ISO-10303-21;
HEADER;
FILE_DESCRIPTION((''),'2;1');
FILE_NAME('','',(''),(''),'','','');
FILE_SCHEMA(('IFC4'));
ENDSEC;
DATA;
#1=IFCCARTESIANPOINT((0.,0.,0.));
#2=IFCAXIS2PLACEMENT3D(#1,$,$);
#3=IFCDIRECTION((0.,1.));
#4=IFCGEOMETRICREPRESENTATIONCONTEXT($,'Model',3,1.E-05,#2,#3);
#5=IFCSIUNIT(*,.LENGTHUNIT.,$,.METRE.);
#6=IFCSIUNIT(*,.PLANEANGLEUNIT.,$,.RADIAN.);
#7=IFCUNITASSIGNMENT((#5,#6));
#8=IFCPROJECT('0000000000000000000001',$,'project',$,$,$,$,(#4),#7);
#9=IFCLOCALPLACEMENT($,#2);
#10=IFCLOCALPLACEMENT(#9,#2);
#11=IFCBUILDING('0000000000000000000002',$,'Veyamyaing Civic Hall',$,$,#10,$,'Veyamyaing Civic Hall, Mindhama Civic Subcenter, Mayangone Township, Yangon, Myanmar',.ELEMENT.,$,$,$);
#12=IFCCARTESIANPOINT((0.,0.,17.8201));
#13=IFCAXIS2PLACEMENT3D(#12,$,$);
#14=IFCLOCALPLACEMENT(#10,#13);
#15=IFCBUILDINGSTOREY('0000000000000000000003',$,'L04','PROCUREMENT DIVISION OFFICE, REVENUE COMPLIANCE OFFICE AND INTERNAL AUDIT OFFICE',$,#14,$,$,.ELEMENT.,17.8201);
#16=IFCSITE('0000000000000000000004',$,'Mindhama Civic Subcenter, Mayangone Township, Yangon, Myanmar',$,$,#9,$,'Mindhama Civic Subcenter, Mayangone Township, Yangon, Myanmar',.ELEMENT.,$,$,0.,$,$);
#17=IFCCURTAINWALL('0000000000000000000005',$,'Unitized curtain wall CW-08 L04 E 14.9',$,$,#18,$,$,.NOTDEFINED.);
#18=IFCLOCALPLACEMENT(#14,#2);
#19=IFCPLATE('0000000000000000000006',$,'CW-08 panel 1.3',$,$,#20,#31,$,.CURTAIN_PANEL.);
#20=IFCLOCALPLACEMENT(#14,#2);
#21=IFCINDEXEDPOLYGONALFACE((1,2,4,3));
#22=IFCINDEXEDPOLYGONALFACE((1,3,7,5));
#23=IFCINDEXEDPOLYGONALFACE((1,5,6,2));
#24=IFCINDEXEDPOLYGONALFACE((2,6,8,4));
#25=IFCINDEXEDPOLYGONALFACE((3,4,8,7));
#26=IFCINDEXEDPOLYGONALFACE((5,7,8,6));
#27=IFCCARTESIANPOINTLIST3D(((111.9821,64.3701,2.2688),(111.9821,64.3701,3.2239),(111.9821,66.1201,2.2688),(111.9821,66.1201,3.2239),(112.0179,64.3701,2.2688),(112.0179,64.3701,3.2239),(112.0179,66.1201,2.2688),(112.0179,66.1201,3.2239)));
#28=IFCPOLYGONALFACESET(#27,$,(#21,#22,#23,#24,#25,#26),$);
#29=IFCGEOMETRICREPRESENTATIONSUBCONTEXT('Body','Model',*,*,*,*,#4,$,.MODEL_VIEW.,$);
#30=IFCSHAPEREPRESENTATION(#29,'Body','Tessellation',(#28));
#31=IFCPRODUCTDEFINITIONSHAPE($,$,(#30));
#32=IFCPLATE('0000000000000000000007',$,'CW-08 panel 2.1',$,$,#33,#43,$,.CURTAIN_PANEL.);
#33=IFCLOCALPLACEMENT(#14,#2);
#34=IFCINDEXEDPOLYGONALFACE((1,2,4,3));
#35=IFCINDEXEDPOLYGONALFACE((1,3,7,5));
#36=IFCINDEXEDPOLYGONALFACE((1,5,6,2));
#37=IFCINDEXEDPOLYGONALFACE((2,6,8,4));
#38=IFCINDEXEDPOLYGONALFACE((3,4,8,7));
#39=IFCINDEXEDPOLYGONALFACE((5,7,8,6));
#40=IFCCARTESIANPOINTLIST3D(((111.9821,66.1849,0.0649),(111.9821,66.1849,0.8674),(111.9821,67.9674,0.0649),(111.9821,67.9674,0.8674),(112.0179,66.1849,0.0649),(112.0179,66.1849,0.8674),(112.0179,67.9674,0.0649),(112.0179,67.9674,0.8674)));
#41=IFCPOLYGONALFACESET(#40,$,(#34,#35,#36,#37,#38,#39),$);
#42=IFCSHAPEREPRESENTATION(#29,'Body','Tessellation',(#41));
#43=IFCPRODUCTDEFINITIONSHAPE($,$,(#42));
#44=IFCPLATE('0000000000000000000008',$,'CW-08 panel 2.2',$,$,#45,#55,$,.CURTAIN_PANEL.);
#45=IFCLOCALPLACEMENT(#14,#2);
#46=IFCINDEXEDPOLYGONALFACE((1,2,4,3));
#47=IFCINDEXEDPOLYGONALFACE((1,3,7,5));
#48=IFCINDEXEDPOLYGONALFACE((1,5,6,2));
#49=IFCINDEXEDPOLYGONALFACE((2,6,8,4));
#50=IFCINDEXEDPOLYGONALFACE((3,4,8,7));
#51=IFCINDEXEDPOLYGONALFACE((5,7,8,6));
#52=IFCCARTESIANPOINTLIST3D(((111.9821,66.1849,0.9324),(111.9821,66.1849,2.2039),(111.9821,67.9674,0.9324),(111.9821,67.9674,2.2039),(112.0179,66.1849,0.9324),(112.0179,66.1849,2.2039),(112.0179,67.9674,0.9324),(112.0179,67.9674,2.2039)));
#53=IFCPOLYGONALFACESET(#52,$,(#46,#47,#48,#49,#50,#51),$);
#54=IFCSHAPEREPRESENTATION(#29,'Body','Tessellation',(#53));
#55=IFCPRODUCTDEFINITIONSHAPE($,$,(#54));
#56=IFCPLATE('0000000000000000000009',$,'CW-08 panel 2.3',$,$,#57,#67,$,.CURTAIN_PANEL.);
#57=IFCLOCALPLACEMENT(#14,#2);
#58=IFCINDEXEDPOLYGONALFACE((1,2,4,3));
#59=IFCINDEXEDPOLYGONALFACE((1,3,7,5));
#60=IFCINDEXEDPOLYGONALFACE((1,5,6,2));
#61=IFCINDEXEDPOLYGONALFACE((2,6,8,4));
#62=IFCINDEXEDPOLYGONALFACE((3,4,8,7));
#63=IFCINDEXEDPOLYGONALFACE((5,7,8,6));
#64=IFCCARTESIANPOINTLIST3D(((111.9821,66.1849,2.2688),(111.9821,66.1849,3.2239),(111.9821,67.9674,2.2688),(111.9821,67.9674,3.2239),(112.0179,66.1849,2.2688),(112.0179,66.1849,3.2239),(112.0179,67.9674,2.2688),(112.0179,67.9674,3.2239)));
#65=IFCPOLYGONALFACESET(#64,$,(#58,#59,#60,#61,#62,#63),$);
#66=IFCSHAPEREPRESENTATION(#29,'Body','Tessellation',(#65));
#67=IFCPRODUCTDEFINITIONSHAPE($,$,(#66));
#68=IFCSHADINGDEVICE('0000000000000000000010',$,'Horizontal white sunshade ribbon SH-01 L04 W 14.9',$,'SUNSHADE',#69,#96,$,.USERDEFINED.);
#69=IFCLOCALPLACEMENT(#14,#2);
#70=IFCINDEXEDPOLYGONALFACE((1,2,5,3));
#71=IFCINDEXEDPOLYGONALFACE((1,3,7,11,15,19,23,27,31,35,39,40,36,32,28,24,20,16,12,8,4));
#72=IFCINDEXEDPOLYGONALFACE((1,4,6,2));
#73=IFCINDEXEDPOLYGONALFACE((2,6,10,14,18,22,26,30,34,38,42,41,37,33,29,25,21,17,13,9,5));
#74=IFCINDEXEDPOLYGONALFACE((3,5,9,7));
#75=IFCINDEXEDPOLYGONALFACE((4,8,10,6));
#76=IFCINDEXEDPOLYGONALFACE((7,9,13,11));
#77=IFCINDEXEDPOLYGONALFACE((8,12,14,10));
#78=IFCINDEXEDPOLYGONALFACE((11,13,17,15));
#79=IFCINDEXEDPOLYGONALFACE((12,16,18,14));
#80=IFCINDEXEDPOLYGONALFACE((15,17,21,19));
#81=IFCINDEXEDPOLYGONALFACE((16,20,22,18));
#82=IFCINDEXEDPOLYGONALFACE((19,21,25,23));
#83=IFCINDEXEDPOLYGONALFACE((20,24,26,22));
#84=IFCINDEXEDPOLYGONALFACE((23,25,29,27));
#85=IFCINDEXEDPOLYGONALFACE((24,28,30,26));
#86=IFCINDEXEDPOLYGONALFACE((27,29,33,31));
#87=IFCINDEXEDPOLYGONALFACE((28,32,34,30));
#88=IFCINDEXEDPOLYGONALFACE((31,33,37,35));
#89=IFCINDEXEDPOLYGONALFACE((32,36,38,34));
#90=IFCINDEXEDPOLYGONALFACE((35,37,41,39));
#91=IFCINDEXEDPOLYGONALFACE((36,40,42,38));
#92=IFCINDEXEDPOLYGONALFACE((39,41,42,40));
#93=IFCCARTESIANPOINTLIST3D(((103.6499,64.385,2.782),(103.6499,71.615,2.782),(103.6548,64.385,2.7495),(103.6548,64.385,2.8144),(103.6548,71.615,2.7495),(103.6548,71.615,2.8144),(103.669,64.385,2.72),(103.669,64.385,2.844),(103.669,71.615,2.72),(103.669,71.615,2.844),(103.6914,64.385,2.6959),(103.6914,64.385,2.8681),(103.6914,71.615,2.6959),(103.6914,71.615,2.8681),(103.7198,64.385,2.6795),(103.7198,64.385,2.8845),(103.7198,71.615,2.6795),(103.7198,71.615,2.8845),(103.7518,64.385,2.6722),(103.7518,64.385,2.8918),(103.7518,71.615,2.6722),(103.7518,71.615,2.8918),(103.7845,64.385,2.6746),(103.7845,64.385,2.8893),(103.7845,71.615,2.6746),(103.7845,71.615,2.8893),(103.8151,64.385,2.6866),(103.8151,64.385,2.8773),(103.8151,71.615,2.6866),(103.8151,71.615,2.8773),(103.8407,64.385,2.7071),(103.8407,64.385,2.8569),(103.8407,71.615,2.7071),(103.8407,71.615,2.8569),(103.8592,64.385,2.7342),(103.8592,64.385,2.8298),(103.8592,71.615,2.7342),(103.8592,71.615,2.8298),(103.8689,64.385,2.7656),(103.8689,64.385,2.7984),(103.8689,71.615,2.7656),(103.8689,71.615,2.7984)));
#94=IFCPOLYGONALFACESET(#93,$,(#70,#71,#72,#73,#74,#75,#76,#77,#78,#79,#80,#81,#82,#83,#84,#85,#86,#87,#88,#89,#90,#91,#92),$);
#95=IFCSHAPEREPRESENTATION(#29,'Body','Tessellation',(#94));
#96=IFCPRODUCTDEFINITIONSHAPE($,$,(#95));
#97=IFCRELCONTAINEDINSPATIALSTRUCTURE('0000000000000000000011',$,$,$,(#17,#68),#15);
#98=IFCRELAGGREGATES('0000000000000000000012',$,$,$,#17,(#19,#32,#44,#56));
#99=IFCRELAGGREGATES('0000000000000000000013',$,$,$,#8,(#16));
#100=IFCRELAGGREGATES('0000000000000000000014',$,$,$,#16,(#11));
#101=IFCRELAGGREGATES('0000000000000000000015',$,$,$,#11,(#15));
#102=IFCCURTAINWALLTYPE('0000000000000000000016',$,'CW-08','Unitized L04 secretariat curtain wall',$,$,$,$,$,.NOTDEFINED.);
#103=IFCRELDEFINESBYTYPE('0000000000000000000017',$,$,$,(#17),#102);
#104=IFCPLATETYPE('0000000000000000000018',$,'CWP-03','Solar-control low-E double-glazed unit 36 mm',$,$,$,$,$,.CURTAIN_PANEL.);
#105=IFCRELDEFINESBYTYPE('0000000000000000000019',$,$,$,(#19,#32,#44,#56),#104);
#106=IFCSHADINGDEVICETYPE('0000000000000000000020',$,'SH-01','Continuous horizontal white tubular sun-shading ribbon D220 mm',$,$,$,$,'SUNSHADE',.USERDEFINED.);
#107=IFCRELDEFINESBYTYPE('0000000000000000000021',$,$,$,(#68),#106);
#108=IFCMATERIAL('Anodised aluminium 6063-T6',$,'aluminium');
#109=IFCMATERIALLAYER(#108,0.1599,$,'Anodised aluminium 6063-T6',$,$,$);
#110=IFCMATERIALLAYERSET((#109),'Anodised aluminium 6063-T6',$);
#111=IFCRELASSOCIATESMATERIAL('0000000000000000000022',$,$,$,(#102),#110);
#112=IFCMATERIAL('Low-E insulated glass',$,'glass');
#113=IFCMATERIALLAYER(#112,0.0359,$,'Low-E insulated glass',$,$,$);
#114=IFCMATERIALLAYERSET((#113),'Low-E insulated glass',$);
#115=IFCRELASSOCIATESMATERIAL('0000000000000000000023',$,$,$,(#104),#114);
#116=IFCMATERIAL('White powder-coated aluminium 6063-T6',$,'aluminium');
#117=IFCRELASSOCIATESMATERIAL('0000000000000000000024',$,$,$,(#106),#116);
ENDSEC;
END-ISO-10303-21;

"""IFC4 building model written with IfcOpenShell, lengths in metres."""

from ifc_helpers import new_model, si_unit, direction, frame, origin, origin_2d, place, context, subcontext, project, spatial, rectangle, circle, extrude, material, layer, layer_set, material_profile, profile_set, type_object, element, aggregate, save


model = new_model("IFC4")

# Units and contexts
model_context = context("Model", 3, precision=1e-05, world=origin(), true_north=direction((0.0, 1.0)))
body_context = subcontext(model_context, "Body", "Model", "MODEL_VIEW")
ifc_project = project(units=[si_unit("LENGTHUNIT", "METRE"), si_unit("PLANEANGLEUNIT", "RADIAN")], contexts=[model_context])

# Site, building, storey
site_placement = place(None, origin())
site = spatial("IfcSite", under=ifc_project, at=site_placement, Name="Mindhama Civic Subcenter, Mayangone Township, Yangon, Myanmar", LongName="Mindhama Civic Subcenter, Mayangone Township, Yangon, Myanmar", CompositionType="ELEMENT", RefElevation=0.0)
building_placement = place(site_placement, origin())
building = spatial("IfcBuilding", under=site, at=building_placement, Name="Veyamyaing Civic Hall", LongName="Veyamyaing Civic Hall, Mindhama Civic Subcenter, Mayangone Township, Yangon, Myanmar", CompositionType="ELEMENT")
storey_placement = place(building_placement, frame((0.0, 0.0, 17.8201)))
storey = spatial("IfcBuildingStorey", under=building, at=storey_placement, Name="L04", Description="PROCUREMENT DIVISION OFFICE, REVENUE COMPLIANCE OFFICE AND INTERNAL AUDIT OFFICE", CompositionType="ELEMENT", Elevation=17.8201)

# Shared definitions
ifc_material_1 = material(Name="Anodised aluminium 6063-T6", Category="aluminium")
ifc_layer_1 = layer(ifc_material_1, 0.1599, Name="Anodised aluminium 6063-T6")
ifc_layer_set_1 = layer_set([ifc_layer_1], Name="Anodised aluminium 6063-T6")
curtain_wall_type = type_object("IfcCurtainWallType", Name="CW-08", Description="Unitized L04 secretariat curtain wall", PredefinedType="NOTDEFINED", material=ifc_layer_set_1)

# Curtain wall
curtain_wall_1_placement = place(storey_placement, origin())
curtain_wall_1 = element("IfcCurtainWall", 1, at=curtain_wall_1_placement, inside=storey, type_object=curtain_wall_type, Name="Unitized curtain wall CW-08 L04 E 14.9", PredefinedType="NOTDEFINED")

# Plates
ifc_material_2 = material(Name="Low-E insulated glass", Category="glass")
ifc_layer_2 = layer(ifc_material_2, 0.0359, Name="Low-E insulated glass")
ifc_layer_set_2 = layer_set([ifc_layer_2], Name="Low-E insulated glass")
plate_type = type_object("IfcPlateType", Name="CWP-03", Description="Solar-control low-E double-glazed unit 36 mm", PredefinedType="CURTAIN_PANEL", material=ifc_layer_set_2)
plate_1_placement = place(storey_placement, frame((112.0, 65.2451, 2.2688), z_axis=(0.0, 0.0, 1.0), x_axis=(0.0, 1.0, 0.0)))
plate_1 = element("IfcPlate", 2, at=plate_1_placement, type_object=plate_type, Name="CW-08 panel 1.3", PredefinedType="CURTAIN_PANEL", context=body_context, shape_type="SweptSolid", body=[
    extrude(rectangle(XDim=1.75, YDim=0.0359, at=origin_2d()), origin(), (0.0, 0.0, 1.0), 0.9551),
])
plate_2_placement = place(storey_placement, frame((112.0, 67.0762, 0.0649), z_axis=(0.0, 0.0, 1.0), x_axis=(0.0, 1.0, 0.0)))
plate_2 = element("IfcPlate", 3, at=plate_2_placement, type_object=plate_type, Name="CW-08 panel 2.1", PredefinedType="CURTAIN_PANEL", context=body_context, shape_type="SweptSolid", body=[
    extrude(rectangle(XDim=1.7825, YDim=0.0359, at=origin_2d()), origin(), (0.0, 0.0, 1.0), 0.8025),
])
plate_3_placement = place(storey_placement, frame((112.0, 67.0762, 0.9324), z_axis=(0.0, 0.0, 1.0), x_axis=(0.0, 1.0, 0.0)))
plate_3 = element("IfcPlate", 4, at=plate_3_placement, type_object=plate_type, Name="CW-08 panel 2.2", PredefinedType="CURTAIN_PANEL", context=body_context, shape_type="SweptSolid", body=[
    extrude(rectangle(XDim=1.7825, YDim=0.0359, at=origin_2d()), origin(), (0.0, 0.0, 1.0), 1.2715),
])
plate_4_placement = place(storey_placement, frame((112.0, 67.0762, 2.2688), z_axis=(0.0, 0.0, 1.0), x_axis=(0.0, 1.0, 0.0)))
plate_4 = element("IfcPlate", 5, at=plate_4_placement, type_object=plate_type, Name="CW-08 panel 2.3", PredefinedType="CURTAIN_PANEL", context=body_context, shape_type="SweptSolid", body=[
    extrude(rectangle(XDim=1.7825, YDim=0.0359, at=origin_2d()), origin(), (0.0, 0.0, 1.0), 0.9551),
])
aggregate(curtain_wall_1, [plate_1, plate_2, plate_3, plate_4])

# Shading device
ifc_material_3 = material(Name="White powder-coated aluminium 6063-T6", Category="aluminium")
ifc_material_profile_1 = material_profile(ifc_material_3, circle(Radius=0.1101, at=origin_2d()), Name="SHADE-TUBE-220")
ifc_profile_set_1 = profile_set([ifc_material_profile_1], Name="White powder-coated aluminium 6063-T6")
shading_device_type = type_object("IfcShadingDeviceType", Name="SH-01", Description="Continuous horizontal white tubular sun-shading ribbon D220 mm", ElementType="SUNSHADE", PredefinedType="USERDEFINED", material=ifc_profile_set_1)
shading_device_placement = place(storey_placement, frame((103.76, 64.385, 2.782), z_axis=(0.0, 1.0, 0.0), x_axis=(-1.0, 0.0, 0.0)))
element("IfcShadingDevice", 6, at=shading_device_placement, inside=storey, type_object=shading_device_type, Name="Horizontal white sunshade ribbon SH-01 L04 W 14.9", ObjectType="SUNSHADE", PredefinedType="USERDEFINED", context=body_context, shape_type="SweptSolid", body=[
    extrude(circle(Radius=0.1101, at=origin_2d()), origin(), (0.0, 0.0, 1.0), 7.23),
])

save(model, "model.ifc")
